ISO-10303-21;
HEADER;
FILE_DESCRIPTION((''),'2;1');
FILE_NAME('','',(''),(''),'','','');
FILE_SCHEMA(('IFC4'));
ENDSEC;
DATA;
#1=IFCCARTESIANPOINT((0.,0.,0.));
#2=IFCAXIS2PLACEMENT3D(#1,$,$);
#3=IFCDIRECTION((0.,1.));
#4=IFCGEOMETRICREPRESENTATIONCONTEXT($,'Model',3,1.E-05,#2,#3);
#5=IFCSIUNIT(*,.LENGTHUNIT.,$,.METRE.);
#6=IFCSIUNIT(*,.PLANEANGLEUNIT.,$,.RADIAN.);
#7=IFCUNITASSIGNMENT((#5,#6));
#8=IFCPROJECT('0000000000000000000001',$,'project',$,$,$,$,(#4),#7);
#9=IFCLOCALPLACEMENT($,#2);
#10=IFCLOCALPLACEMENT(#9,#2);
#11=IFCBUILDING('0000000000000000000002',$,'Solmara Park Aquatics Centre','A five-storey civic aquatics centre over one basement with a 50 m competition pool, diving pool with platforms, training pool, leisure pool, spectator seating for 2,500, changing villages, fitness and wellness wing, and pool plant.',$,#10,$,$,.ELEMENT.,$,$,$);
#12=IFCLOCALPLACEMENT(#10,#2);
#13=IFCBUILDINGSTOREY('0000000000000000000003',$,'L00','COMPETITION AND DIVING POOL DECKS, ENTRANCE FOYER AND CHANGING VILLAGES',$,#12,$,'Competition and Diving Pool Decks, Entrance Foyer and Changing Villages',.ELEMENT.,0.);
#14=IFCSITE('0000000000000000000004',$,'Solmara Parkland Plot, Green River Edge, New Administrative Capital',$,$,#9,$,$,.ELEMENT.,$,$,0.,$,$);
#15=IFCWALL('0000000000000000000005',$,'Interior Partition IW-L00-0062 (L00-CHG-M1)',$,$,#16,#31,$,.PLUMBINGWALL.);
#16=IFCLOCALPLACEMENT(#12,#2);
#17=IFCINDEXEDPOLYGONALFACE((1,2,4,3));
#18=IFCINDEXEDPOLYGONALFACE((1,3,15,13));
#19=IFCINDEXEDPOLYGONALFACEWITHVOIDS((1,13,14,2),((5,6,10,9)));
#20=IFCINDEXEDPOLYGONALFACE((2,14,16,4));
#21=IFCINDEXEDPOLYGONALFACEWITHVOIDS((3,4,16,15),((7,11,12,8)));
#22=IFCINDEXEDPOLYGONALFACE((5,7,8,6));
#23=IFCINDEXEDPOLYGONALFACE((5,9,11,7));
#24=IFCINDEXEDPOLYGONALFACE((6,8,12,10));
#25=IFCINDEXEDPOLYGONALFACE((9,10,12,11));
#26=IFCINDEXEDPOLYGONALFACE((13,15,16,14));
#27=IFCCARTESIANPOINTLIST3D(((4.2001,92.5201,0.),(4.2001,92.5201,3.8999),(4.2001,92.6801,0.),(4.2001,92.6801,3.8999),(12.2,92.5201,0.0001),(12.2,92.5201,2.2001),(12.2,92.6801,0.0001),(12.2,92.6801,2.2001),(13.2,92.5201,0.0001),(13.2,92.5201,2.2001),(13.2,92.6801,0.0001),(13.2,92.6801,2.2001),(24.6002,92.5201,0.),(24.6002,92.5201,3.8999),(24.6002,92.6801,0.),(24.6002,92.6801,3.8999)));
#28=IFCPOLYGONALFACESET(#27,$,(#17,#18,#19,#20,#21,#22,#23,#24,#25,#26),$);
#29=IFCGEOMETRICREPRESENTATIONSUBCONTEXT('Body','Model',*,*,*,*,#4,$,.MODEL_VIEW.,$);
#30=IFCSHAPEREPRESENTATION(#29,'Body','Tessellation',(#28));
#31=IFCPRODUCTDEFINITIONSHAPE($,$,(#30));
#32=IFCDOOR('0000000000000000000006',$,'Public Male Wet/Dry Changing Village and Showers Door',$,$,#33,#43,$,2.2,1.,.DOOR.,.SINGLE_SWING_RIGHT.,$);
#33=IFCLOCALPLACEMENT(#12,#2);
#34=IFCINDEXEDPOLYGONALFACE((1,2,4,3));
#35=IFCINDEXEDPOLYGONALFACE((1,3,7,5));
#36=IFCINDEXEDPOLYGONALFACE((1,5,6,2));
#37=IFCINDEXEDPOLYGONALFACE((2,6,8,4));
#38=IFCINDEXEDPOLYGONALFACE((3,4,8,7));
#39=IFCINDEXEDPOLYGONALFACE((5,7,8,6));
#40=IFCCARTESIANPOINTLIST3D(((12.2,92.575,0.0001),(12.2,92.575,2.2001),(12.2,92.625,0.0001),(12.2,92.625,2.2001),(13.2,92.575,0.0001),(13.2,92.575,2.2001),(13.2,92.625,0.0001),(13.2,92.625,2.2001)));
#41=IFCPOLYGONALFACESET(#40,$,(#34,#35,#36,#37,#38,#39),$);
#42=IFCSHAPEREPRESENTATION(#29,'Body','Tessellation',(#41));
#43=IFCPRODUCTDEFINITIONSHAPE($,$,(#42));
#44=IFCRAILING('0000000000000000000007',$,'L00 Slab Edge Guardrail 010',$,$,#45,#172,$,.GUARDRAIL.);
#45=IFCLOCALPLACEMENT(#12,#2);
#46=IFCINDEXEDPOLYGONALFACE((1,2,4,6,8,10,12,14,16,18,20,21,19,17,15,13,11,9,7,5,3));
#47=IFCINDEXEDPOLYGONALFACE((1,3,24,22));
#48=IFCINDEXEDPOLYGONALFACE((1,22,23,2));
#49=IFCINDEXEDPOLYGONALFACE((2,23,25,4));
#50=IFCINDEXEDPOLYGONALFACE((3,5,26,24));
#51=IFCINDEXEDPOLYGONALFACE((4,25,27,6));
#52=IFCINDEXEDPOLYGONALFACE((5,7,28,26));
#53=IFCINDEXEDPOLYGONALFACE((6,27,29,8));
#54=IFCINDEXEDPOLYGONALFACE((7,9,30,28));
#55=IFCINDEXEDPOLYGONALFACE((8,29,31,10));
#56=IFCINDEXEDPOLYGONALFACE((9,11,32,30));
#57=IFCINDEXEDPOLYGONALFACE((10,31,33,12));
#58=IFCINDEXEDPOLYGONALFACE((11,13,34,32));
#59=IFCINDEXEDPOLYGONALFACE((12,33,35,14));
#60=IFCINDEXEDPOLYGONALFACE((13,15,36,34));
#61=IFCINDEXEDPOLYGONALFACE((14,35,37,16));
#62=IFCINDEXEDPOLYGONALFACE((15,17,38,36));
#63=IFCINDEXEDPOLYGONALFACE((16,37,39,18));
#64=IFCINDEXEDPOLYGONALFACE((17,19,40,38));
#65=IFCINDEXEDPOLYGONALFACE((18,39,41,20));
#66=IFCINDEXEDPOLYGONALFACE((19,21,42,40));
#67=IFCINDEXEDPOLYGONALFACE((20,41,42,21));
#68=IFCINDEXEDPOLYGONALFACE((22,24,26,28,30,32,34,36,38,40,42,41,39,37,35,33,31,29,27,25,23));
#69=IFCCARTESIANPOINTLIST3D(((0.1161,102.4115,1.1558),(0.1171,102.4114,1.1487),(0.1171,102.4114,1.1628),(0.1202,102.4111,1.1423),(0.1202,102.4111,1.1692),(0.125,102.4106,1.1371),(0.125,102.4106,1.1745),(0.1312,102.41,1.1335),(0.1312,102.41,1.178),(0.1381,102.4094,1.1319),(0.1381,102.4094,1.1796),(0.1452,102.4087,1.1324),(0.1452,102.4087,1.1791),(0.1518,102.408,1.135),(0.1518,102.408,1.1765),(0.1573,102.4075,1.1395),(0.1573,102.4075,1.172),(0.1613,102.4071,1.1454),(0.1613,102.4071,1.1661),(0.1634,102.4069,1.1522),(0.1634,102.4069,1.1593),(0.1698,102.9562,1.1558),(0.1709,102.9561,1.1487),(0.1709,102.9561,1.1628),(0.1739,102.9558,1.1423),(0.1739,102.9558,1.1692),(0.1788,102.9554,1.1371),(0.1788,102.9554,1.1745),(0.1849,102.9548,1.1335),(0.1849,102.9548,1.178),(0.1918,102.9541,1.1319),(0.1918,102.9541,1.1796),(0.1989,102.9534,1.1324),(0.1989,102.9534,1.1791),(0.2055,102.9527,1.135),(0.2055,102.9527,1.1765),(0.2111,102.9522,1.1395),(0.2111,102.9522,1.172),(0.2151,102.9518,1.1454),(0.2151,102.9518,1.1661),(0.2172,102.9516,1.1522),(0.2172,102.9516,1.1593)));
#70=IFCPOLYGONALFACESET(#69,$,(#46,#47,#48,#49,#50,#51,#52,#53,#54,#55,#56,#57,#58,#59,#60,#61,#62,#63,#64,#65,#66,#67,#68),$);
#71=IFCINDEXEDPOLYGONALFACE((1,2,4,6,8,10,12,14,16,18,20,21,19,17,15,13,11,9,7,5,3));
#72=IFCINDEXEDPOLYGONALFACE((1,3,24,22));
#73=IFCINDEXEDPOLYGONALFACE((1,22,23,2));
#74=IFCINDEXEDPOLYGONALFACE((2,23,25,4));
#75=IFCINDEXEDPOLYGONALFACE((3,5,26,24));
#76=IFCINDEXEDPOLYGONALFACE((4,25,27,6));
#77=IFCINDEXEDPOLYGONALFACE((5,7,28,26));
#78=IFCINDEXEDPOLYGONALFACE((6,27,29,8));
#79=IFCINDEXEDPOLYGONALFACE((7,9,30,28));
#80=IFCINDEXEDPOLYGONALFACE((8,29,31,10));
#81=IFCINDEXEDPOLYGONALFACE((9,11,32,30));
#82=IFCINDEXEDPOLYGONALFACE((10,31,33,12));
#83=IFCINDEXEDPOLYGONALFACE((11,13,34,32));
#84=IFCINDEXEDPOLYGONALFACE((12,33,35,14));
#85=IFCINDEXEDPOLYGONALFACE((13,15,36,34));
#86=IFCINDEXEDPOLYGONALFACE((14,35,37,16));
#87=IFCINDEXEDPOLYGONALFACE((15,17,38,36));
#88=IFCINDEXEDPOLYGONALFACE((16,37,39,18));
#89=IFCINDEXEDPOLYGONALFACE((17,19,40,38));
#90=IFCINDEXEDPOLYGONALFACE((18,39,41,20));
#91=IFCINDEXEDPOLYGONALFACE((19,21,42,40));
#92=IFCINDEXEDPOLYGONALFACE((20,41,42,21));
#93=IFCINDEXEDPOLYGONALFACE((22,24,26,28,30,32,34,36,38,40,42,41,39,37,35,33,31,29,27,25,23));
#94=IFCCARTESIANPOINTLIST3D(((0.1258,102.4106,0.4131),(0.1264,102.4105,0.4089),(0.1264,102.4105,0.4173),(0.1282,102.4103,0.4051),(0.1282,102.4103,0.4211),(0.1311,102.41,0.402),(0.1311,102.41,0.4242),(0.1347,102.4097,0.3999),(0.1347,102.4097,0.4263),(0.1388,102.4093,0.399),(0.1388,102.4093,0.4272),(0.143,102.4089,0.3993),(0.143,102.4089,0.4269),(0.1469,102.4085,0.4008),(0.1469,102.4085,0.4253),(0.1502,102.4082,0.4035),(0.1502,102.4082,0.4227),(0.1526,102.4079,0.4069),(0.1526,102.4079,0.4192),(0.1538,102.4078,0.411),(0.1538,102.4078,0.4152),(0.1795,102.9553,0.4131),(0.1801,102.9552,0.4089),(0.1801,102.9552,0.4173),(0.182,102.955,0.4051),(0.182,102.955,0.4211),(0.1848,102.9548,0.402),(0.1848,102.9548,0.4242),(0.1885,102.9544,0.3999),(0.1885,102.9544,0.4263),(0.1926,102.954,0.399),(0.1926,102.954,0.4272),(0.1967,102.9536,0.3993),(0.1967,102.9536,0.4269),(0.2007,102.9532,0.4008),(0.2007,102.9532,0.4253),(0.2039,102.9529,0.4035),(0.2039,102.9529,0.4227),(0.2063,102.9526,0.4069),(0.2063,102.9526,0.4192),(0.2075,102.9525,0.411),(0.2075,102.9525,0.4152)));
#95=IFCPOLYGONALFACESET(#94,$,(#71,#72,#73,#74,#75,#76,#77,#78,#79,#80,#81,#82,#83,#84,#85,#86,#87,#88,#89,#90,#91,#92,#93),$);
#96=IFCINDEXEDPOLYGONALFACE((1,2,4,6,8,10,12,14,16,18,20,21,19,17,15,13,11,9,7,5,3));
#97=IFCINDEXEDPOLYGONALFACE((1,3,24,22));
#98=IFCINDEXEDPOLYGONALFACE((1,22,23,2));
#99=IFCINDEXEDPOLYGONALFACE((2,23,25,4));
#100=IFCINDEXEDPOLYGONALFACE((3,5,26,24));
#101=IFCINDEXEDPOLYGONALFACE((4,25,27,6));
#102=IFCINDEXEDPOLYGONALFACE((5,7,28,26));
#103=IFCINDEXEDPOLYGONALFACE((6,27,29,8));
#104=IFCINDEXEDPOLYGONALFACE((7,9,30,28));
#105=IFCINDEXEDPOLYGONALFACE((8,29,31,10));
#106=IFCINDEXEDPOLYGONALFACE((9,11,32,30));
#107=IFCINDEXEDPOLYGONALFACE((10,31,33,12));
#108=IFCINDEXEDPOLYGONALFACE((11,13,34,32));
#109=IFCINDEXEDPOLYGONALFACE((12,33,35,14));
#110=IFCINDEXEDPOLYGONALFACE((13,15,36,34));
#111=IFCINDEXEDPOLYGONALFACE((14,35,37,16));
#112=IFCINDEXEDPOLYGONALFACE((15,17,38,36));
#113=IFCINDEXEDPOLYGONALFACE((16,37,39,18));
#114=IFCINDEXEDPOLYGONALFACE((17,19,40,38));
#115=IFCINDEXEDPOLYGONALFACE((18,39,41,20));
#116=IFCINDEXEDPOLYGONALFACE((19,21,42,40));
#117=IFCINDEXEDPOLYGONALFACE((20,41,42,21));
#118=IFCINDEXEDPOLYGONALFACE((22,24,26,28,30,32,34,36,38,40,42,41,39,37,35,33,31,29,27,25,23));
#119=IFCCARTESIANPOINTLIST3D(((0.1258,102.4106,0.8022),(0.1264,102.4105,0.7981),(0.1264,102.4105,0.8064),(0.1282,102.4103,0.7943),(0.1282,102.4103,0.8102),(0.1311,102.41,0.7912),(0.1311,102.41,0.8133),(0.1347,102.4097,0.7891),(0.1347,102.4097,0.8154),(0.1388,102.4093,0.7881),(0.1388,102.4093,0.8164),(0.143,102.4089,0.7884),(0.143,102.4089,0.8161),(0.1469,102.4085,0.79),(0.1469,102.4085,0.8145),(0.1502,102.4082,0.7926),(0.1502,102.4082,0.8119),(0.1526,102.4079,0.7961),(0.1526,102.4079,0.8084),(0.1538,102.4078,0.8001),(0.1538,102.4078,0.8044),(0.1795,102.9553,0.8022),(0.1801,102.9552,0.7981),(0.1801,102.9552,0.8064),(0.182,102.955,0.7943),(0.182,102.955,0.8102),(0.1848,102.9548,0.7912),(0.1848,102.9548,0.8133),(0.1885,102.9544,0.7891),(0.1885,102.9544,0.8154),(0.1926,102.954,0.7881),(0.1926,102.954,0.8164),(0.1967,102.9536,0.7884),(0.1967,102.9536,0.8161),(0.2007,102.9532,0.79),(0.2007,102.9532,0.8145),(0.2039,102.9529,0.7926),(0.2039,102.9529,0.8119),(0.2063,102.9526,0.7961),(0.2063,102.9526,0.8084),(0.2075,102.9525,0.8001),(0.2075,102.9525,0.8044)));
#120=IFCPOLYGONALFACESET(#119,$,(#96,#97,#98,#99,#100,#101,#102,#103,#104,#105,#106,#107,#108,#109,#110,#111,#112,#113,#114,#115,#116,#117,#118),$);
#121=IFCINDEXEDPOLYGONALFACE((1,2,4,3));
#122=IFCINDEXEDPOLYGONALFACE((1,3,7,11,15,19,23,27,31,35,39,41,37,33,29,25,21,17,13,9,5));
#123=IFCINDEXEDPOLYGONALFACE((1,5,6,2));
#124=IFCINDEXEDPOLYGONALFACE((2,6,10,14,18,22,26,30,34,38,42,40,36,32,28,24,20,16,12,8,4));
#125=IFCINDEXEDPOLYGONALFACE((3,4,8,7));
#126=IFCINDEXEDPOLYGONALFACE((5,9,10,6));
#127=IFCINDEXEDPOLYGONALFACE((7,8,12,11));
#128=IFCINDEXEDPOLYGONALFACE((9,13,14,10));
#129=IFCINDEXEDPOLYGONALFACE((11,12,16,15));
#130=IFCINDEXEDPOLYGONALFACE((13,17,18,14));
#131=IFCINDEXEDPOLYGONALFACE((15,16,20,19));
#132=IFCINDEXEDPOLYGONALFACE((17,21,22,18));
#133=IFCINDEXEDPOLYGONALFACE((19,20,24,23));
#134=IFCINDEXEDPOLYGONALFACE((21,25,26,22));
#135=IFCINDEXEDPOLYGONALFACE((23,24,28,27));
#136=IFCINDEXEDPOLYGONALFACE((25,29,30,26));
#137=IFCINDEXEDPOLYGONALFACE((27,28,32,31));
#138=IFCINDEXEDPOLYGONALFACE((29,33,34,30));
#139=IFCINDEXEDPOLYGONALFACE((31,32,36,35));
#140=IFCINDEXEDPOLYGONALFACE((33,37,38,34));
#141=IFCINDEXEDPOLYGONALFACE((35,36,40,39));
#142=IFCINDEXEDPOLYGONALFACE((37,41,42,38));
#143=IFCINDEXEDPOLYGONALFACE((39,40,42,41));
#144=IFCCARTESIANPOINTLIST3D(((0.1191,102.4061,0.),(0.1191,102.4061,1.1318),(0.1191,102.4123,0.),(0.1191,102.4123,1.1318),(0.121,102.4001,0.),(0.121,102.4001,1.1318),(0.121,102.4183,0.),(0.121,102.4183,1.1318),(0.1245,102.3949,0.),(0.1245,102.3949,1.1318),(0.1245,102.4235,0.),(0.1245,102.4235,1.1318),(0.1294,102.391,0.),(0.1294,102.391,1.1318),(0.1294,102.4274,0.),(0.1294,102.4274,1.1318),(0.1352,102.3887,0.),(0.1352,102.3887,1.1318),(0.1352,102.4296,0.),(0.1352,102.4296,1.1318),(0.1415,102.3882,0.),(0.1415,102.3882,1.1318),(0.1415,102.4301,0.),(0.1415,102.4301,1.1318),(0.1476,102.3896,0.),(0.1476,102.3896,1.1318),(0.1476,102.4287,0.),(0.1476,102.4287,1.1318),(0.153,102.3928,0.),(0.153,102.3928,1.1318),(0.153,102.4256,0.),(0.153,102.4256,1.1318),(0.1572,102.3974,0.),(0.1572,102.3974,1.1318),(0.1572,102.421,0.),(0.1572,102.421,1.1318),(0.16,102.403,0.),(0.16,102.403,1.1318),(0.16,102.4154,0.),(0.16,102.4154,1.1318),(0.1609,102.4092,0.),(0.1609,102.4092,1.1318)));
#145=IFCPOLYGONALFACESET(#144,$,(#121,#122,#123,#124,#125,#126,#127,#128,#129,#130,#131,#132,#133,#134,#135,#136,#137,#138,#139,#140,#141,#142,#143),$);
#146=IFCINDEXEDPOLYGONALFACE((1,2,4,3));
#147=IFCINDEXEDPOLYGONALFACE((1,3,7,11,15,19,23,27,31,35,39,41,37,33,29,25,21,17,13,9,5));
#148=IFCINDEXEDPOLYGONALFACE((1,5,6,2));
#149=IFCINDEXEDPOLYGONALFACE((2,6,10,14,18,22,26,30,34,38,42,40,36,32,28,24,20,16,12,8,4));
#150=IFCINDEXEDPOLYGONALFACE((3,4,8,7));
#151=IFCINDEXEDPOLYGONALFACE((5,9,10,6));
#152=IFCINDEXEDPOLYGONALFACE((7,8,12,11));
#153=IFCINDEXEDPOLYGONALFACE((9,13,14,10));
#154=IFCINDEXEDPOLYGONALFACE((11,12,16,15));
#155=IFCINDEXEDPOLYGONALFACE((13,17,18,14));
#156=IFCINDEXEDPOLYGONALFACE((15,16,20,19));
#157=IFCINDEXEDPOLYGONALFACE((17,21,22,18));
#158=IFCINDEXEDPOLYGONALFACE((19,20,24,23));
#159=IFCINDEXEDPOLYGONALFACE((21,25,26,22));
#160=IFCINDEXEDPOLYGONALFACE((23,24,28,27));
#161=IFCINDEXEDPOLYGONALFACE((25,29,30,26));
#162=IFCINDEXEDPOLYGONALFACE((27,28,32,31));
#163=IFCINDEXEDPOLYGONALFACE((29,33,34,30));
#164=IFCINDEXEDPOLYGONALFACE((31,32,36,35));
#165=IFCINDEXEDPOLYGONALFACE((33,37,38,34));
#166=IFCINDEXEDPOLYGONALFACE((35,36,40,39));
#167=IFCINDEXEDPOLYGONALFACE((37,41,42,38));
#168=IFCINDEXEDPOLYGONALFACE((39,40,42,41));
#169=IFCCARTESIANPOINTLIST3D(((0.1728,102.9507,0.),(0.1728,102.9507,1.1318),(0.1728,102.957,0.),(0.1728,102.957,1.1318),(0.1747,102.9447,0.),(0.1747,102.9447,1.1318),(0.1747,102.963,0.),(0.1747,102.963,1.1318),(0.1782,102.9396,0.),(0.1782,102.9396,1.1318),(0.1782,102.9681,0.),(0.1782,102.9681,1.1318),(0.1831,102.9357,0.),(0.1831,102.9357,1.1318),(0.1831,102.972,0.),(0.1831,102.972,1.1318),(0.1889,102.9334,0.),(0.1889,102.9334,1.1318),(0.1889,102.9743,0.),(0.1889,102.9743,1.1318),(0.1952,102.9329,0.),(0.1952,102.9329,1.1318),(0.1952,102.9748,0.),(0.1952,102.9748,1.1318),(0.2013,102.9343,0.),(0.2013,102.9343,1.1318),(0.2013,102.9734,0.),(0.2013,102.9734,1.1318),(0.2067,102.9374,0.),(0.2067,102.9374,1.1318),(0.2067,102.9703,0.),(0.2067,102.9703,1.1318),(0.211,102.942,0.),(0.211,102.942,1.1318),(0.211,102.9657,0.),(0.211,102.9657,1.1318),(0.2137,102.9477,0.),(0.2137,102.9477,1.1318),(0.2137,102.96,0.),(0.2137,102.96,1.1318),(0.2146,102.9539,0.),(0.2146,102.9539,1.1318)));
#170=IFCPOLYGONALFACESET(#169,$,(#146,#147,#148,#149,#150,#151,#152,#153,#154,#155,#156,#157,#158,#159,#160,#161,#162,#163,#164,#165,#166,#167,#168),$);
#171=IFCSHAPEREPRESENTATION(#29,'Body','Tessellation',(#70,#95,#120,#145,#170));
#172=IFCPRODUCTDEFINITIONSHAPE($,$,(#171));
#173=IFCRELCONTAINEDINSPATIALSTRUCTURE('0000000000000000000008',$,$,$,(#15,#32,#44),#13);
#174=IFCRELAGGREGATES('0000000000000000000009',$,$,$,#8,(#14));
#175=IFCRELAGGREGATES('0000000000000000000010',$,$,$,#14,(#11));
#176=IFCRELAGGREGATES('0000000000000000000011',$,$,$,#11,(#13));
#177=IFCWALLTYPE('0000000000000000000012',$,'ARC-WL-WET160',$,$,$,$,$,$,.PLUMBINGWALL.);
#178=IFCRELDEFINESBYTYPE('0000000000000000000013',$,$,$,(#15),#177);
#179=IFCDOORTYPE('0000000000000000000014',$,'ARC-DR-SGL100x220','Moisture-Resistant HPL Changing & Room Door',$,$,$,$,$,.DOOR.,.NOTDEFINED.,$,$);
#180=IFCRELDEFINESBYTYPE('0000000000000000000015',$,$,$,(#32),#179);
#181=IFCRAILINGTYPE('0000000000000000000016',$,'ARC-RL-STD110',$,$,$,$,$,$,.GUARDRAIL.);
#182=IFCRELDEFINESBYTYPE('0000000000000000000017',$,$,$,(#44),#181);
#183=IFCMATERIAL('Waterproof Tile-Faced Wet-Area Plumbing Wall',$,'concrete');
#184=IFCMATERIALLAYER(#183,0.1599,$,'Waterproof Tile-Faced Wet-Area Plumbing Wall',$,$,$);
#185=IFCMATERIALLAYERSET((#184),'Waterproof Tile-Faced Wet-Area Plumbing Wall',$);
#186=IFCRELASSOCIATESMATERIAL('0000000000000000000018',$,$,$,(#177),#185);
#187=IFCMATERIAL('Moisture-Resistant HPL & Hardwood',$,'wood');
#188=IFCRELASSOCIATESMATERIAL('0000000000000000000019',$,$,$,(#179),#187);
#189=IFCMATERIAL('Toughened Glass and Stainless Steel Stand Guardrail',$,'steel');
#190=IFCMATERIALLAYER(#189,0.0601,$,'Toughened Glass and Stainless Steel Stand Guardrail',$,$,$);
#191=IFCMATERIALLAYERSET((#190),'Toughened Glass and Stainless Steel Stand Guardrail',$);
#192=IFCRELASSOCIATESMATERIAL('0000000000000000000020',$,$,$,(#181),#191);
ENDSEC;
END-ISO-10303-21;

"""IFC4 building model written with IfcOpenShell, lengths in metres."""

from ifc_helpers import new_model, si_unit, direction, frame, frame_2d, origin, origin_2d, place, context, subcontext, project, spatial, rectangle, circle, extrude, material, layer, layer_set, type_object, element, fill, save


model = new_model("IFC4")

# Units and contexts
model_context = context("Model", 3, precision=1e-05, world=origin(), true_north=direction((0.0, 1.0)))
body_context = subcontext(model_context, "Body", "Model", "MODEL_VIEW")
ifc_project = project(units=[si_unit("LENGTHUNIT", "METRE"), si_unit("PLANEANGLEUNIT", "RADIAN")], contexts=[model_context])

# Site, building, storey
site_placement = place(None, origin())
site = spatial("IfcSite", under=ifc_project, at=site_placement, Name="Solmara Parkland Plot, Green River Edge, New Administrative Capital", CompositionType="ELEMENT", RefElevation=0.0)
building_placement = place(site_placement, origin())
building = spatial("IfcBuilding", under=site, at=building_placement, Name="Solmara Park Aquatics Centre", Description="A five-storey civic aquatics centre over one basement with a 50 m competition pool, diving pool with platforms, training pool, leisure pool, spectator seating for 2,500, changing villages, fitness and wellness wing, and pool plant.", CompositionType="ELEMENT")
storey_placement = place(building_placement, origin())
storey = spatial("IfcBuildingStorey", under=building, at=storey_placement, Name="L00", Description="COMPETITION AND DIVING POOL DECKS, ENTRANCE FOYER AND CHANGING VILLAGES", LongName="Competition and Diving Pool Decks, Entrance Foyer and Changing Villages", CompositionType="ELEMENT", Elevation=0.0)

# Wall, opening, door
ifc_material_1 = material(Name="Waterproof Tile-Faced Wet-Area Plumbing Wall", Category="concrete")
ifc_layer_1 = layer(ifc_material_1, 0.1599, Name="Waterproof Tile-Faced Wet-Area Plumbing Wall")
ifc_layer_set_1 = layer_set([ifc_layer_1], Name="Waterproof Tile-Faced Wet-Area Plumbing Wall")
wall_type_1 = type_object("IfcWallType", Name="ARC-WL-WET160", PredefinedType="PLUMBINGWALL", material=ifc_layer_set_1)
wall_1_placement = place(storey_placement, frame((4.2, 92.6001, 0.0), z_axis=(0.0, 0.0, 1.0), x_axis=(1.0, 0.0, 0.0)))
wall_1 = element("IfcWall", 1, at=wall_1_placement, inside=storey, type_object=wall_type_1, Name="Interior Partition IW-L00-0062 (L00-CHG-M1)", PredefinedType="PLUMBINGWALL", context=body_context, shape_type="SweptSolid", body=[
    extrude(rectangle(XDim=20.4001, YDim=0.1599, at=frame_2d((10.2002, 0.0))), origin(), (0.0, 0.0, 1.0), 3.8999),
])
opening_1_placement = place(wall_1_placement, frame((8.0, 0.0, 0.0)))
opening_1 = element("IfcOpeningElement", 2, at=opening_1_placement, cuts=wall_1, PredefinedType="OPENING", context=body_context, shape_type="SweptSolid", body=[
    extrude(rectangle(XDim=1.0, YDim=2.2, at=frame_2d((0.5, 1.1001))), frame((0.0, 0.0898, 0.0), z_axis=(0.0, -1.0, 0.0), x_axis=(1.0, 0.0, 0.0)), (0.0, 0.0, 1.0), 0.1799),
])
ifc_material_2 = material(Name="Moisture-Resistant HPL & Hardwood", Category="wood")
door_type = type_object("IfcDoorType", Name="ARC-DR-SGL100x220", Description="Moisture-Resistant HPL Changing & Room Door", OperationType="NOTDEFINED", PredefinedType="DOOR", material=ifc_material_2)
door_placement = place(opening_1_placement, origin())
door = element("IfcDoor", 3, at=door_placement, inside=storey, type_object=door_type, Name="Public Male Wet/Dry Changing Village and Showers Door", OperationType="SINGLE_SWING_RIGHT", OverallHeight=2.2, OverallWidth=1.0, PredefinedType="DOOR", context=body_context, shape_type="SweptSolid", body=[
    extrude(rectangle(XDim=1.0, YDim=2.2, at=frame_2d((0.5, 1.1001))), frame((0.0, 0.0249, 0.0), z_axis=(0.0, -1.0, 0.0), x_axis=(1.0, 0.0, 0.0)), (0.0, 0.0, 1.0), 0.05),
])
fill(opening_1, door)

# Railing
ifc_material_3 = material(Name="Toughened Glass and Stainless Steel Stand Guardrail", Category="steel")
ifc_layer_2 = layer(ifc_material_3, 0.0601, Name="Toughened Glass and Stainless Steel Stand Guardrail")
ifc_layer_set_2 = layer_set([ifc_layer_2], Name="Toughened Glass and Stainless Steel Stand Guardrail")
railing_type = type_object("IfcRailingType", Name="ARC-RL-STD110", PredefinedType="GUARDRAIL", material=ifc_layer_set_2)
railing_1_placement = place(storey_placement, frame((0.1399, 102.4092, 0.0)))
element("IfcRailing", 4, at=railing_1_placement, inside=storey, type_object=railing_type, Name="L00 Slab Edge Guardrail 010", PredefinedType="GUARDRAIL", context=body_context, shape_type="SweptSolid", body=[
    extrude(circle(Radius=0.0239, at=origin_2d()), frame((0.0, 0.0, 1.1558), z_axis=(0.098135, 0.995173, 0.0), x_axis=(-0.995173, 0.098135, 0.0)), (0.0, 0.0, 1.0), 0.5474),
    extrude(circle(Radius=0.0142, at=origin_2d()), frame((0.0, 0.0, 0.4131), z_axis=(0.098135, 0.995173, 0.0), x_axis=(-0.995173, 0.098135, 0.0)), (0.0, 0.0, 1.0), 0.5474),
    extrude(circle(Radius=0.0142, at=origin_2d()), frame((0.0, 0.0, 0.8022), z_axis=(0.098135, 0.995173, 0.0), x_axis=(-0.995173, 0.098135, 0.0)), (0.0, 0.0, 1.0), 0.5474),
    extrude(circle(Radius=0.021, at=origin_2d()), origin(), (0.0, 0.0, 1.0), 1.1318),
    extrude(circle(Radius=0.021, at=origin_2d()), frame((0.0537, 0.5447, 0.0)), (0.0, 0.0, 1.0), 1.1318),
])

save(model, "model.ifc")
